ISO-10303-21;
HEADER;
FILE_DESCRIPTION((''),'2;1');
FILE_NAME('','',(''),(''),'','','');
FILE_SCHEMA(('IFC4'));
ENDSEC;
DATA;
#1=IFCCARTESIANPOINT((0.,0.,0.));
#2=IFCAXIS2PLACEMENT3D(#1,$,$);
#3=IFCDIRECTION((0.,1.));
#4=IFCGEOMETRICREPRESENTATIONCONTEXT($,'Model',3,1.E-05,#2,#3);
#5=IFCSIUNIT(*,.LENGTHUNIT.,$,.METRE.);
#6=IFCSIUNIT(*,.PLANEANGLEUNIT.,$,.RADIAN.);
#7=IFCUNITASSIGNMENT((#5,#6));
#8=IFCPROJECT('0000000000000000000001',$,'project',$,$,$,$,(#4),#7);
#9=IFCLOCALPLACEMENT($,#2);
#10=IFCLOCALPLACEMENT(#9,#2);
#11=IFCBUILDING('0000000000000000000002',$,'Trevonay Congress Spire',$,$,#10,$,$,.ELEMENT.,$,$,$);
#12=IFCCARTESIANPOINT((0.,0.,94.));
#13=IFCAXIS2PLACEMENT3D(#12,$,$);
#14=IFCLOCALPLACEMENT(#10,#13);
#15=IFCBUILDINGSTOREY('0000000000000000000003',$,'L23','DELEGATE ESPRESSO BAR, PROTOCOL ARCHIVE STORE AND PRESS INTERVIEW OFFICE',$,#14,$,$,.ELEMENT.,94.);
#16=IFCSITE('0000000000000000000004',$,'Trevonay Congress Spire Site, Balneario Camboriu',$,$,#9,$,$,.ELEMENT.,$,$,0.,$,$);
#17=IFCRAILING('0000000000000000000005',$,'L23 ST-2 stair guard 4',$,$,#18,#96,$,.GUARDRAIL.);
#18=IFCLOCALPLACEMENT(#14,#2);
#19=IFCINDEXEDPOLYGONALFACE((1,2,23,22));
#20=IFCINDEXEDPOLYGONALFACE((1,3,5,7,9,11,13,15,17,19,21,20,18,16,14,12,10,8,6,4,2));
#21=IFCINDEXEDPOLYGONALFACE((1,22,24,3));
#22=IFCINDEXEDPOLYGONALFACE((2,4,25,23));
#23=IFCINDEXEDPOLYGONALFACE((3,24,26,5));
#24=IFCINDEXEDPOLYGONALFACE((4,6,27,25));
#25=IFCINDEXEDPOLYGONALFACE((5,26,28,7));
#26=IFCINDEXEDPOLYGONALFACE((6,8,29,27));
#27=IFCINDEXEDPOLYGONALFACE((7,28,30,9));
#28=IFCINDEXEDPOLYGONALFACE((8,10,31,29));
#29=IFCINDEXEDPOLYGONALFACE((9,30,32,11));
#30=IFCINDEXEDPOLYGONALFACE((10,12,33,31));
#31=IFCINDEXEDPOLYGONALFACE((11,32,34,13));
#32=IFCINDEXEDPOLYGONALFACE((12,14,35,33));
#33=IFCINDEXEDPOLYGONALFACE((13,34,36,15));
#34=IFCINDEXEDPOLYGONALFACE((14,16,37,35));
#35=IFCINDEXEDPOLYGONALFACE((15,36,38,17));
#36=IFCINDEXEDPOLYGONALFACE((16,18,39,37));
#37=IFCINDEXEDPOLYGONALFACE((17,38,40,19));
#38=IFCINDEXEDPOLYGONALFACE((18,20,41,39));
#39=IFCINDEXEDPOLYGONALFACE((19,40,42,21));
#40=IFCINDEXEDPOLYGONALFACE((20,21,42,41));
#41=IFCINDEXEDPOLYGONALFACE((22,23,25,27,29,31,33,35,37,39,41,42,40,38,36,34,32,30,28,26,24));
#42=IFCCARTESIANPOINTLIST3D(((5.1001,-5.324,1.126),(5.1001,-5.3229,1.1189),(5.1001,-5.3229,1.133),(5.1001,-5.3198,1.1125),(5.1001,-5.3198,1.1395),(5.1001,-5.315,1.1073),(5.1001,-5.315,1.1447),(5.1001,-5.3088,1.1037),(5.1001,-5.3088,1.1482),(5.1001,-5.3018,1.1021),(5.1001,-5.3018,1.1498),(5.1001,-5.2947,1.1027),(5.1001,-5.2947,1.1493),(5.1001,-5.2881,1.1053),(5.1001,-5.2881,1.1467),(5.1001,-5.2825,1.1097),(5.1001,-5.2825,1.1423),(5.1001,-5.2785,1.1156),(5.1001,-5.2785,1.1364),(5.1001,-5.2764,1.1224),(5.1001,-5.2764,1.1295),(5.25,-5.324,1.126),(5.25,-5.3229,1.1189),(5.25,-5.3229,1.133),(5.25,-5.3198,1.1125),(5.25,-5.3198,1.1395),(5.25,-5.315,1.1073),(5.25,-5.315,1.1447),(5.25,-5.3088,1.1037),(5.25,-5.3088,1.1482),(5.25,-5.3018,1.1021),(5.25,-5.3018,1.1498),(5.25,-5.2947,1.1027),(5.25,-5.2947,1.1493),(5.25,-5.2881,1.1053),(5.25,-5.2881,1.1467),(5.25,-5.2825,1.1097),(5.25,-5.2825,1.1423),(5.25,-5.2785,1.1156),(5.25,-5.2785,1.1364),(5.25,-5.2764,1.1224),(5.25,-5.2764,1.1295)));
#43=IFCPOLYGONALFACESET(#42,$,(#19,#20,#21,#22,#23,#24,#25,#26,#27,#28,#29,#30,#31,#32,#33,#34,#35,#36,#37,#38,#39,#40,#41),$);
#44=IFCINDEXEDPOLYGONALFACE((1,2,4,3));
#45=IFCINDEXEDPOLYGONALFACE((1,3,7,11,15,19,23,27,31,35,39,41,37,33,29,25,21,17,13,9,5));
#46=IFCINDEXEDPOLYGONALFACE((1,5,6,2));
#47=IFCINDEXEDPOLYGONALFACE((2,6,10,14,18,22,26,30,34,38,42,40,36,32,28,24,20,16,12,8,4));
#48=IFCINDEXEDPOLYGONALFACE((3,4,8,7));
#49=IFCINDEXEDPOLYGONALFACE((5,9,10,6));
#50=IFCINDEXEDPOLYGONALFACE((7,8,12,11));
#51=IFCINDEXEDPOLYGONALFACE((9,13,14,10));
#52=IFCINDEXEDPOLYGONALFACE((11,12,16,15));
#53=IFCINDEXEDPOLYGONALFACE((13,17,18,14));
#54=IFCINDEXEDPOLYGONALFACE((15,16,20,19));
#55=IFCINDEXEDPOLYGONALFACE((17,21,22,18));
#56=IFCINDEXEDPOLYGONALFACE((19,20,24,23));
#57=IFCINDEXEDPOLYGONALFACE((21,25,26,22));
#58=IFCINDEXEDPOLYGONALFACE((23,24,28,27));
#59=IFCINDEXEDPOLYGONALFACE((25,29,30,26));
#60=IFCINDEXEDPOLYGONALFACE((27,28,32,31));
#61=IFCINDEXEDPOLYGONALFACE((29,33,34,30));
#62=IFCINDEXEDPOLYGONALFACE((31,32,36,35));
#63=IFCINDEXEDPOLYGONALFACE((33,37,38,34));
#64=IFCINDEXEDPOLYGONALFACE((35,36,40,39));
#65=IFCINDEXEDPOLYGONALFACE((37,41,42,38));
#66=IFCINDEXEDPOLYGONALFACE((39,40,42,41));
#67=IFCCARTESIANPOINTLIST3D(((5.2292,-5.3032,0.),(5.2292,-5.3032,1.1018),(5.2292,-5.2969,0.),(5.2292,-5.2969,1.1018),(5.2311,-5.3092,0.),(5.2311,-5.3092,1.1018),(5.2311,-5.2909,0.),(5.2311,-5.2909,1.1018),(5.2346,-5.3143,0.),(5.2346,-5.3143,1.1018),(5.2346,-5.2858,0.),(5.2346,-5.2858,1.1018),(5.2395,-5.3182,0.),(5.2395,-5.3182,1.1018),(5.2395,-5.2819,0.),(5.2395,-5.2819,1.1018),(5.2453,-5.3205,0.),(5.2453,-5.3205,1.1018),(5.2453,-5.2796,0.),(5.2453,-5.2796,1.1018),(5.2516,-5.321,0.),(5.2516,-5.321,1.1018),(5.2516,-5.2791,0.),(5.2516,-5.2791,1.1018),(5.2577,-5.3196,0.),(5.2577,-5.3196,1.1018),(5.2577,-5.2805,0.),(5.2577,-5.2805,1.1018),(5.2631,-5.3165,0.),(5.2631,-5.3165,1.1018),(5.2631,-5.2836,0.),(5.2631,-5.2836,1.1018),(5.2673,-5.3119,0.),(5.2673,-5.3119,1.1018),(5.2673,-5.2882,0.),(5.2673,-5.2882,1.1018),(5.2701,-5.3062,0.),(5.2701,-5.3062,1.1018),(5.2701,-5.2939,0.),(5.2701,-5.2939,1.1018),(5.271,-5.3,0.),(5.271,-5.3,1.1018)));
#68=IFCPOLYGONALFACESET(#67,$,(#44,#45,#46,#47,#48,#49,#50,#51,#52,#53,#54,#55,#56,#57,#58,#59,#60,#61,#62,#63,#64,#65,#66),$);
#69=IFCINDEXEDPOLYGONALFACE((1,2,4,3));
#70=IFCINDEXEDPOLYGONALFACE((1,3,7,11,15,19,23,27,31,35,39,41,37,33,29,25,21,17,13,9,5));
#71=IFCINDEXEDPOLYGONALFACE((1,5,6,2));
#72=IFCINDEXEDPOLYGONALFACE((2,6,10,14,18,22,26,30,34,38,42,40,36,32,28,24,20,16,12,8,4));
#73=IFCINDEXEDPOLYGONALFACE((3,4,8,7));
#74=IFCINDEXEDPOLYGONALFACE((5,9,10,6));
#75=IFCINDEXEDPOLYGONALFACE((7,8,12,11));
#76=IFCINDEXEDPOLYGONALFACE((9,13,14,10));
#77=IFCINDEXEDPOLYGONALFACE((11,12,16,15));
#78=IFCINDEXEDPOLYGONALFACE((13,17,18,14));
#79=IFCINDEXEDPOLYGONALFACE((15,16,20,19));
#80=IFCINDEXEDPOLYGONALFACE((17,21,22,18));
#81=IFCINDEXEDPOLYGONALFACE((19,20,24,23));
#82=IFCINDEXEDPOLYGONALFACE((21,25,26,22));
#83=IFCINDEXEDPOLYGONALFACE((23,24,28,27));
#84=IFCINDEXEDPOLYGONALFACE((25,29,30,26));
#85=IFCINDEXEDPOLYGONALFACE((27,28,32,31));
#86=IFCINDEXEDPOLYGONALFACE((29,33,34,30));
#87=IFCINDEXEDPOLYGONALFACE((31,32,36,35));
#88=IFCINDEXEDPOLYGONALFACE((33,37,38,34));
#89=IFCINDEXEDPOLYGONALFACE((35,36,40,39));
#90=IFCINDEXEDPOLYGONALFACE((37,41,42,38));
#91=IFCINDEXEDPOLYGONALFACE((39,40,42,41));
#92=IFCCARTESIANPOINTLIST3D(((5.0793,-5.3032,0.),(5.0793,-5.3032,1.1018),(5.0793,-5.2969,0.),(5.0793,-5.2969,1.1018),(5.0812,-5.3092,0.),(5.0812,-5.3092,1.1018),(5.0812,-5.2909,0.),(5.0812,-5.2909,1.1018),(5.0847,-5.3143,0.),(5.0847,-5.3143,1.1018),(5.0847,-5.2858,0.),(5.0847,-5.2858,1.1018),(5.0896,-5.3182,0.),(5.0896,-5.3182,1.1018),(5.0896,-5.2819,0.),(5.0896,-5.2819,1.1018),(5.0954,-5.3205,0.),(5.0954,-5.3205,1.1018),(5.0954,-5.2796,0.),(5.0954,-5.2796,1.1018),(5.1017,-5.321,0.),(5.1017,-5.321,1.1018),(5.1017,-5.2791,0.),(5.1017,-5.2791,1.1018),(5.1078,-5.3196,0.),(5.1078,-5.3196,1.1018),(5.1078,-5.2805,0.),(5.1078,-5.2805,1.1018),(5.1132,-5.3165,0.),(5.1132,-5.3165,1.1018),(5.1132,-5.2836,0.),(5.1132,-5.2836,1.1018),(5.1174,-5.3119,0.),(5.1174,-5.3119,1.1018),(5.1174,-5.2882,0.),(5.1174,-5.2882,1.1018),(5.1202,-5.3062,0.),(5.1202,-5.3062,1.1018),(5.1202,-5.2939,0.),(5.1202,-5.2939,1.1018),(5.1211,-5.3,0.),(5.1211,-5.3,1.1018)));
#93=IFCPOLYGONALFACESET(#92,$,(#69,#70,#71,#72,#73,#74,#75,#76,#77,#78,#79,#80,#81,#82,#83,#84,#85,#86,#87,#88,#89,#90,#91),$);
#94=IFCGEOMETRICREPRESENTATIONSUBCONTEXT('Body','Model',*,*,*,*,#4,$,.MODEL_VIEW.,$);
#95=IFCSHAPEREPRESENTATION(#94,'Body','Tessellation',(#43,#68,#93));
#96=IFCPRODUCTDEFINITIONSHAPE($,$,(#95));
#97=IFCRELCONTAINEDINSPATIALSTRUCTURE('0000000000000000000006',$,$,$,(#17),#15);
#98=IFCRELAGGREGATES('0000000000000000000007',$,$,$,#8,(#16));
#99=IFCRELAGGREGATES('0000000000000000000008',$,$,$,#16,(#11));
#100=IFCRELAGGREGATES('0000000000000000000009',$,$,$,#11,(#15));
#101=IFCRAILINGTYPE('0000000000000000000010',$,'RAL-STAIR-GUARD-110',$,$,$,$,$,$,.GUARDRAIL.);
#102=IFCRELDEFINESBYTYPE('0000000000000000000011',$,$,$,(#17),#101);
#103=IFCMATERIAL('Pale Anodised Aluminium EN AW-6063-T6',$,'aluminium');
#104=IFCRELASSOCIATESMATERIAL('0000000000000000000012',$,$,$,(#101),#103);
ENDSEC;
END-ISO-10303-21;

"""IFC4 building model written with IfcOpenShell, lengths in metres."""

from ifc_helpers import new_model, si_unit, direction, frame, origin, origin_2d, place, context, subcontext, project, spatial, circle, extrude, material, type_object, element, save


model = new_model("IFC4")

# Units and contexts
model_context = context("Model", 3, precision=1e-05, world=origin(), true_north=direction((0.0, 1.0)))
body_context = subcontext(model_context, "Body", "Model", "MODEL_VIEW")
ifc_project = project(units=[si_unit("LENGTHUNIT", "METRE"), si_unit("PLANEANGLEUNIT", "RADIAN")], contexts=[model_context])

# Site, building, storey
site_placement = place(None, origin())
site = spatial("IfcSite", under=ifc_project, at=site_placement, Name="Trevonay Congress Spire Site, Balneario Camboriu", CompositionType="ELEMENT", RefElevation=0.0)
building_placement = place(site_placement, origin())
building = spatial("IfcBuilding", under=site, at=building_placement, Name="Trevonay Congress Spire", CompositionType="ELEMENT")
storey_placement = place(building_placement, frame((0.0, 0.0, 94.0)))
storey = spatial("IfcBuildingStorey", under=building, at=storey_placement, Name="L23", Description="DELEGATE ESPRESSO BAR, PROTOCOL ARCHIVE STORE AND PRESS INTERVIEW OFFICE", CompositionType="ELEMENT", Elevation=94.0)

# Shared definitions
ifc_material_1 = material(Name="Pale Anodised Aluminium EN AW-6063-T6", Category="aluminium")

# Railing
railing_type_1 = type_object("IfcRailingType", Name="RAL-STAIR-GUARD-110", PredefinedType="GUARDRAIL", material=ifc_material_1)
railing_1_placement = place(storey_placement, frame((5.25, -5.3, 0.0)))
element("IfcRailing", 1, at=railing_1_placement, inside=storey, type_object=railing_type_1, Name="L23 ST-2 stair guard 4", PredefinedType="GUARDRAIL", context=body_context, shape_type="SweptSolid", body=[
    extrude(circle(Radius=0.0239, at=origin_2d()), frame((0.0, 0.0, 1.126), z_axis=(-1.0, 0.0, 0.0), x_axis=(0.0, -1.0, 0.0)), (0.0, 0.0, 1.0), 0.1499),
    extrude(circle(Radius=0.021, at=origin_2d()), origin(), (0.0, 0.0, 1.0), 1.1018),
    extrude(circle(Radius=0.021, at=origin_2d()), frame((-0.1499, 0.0, 0.0)), (0.0, 0.0, 1.0), 1.1018),
])

save(model, "model.ifc")
